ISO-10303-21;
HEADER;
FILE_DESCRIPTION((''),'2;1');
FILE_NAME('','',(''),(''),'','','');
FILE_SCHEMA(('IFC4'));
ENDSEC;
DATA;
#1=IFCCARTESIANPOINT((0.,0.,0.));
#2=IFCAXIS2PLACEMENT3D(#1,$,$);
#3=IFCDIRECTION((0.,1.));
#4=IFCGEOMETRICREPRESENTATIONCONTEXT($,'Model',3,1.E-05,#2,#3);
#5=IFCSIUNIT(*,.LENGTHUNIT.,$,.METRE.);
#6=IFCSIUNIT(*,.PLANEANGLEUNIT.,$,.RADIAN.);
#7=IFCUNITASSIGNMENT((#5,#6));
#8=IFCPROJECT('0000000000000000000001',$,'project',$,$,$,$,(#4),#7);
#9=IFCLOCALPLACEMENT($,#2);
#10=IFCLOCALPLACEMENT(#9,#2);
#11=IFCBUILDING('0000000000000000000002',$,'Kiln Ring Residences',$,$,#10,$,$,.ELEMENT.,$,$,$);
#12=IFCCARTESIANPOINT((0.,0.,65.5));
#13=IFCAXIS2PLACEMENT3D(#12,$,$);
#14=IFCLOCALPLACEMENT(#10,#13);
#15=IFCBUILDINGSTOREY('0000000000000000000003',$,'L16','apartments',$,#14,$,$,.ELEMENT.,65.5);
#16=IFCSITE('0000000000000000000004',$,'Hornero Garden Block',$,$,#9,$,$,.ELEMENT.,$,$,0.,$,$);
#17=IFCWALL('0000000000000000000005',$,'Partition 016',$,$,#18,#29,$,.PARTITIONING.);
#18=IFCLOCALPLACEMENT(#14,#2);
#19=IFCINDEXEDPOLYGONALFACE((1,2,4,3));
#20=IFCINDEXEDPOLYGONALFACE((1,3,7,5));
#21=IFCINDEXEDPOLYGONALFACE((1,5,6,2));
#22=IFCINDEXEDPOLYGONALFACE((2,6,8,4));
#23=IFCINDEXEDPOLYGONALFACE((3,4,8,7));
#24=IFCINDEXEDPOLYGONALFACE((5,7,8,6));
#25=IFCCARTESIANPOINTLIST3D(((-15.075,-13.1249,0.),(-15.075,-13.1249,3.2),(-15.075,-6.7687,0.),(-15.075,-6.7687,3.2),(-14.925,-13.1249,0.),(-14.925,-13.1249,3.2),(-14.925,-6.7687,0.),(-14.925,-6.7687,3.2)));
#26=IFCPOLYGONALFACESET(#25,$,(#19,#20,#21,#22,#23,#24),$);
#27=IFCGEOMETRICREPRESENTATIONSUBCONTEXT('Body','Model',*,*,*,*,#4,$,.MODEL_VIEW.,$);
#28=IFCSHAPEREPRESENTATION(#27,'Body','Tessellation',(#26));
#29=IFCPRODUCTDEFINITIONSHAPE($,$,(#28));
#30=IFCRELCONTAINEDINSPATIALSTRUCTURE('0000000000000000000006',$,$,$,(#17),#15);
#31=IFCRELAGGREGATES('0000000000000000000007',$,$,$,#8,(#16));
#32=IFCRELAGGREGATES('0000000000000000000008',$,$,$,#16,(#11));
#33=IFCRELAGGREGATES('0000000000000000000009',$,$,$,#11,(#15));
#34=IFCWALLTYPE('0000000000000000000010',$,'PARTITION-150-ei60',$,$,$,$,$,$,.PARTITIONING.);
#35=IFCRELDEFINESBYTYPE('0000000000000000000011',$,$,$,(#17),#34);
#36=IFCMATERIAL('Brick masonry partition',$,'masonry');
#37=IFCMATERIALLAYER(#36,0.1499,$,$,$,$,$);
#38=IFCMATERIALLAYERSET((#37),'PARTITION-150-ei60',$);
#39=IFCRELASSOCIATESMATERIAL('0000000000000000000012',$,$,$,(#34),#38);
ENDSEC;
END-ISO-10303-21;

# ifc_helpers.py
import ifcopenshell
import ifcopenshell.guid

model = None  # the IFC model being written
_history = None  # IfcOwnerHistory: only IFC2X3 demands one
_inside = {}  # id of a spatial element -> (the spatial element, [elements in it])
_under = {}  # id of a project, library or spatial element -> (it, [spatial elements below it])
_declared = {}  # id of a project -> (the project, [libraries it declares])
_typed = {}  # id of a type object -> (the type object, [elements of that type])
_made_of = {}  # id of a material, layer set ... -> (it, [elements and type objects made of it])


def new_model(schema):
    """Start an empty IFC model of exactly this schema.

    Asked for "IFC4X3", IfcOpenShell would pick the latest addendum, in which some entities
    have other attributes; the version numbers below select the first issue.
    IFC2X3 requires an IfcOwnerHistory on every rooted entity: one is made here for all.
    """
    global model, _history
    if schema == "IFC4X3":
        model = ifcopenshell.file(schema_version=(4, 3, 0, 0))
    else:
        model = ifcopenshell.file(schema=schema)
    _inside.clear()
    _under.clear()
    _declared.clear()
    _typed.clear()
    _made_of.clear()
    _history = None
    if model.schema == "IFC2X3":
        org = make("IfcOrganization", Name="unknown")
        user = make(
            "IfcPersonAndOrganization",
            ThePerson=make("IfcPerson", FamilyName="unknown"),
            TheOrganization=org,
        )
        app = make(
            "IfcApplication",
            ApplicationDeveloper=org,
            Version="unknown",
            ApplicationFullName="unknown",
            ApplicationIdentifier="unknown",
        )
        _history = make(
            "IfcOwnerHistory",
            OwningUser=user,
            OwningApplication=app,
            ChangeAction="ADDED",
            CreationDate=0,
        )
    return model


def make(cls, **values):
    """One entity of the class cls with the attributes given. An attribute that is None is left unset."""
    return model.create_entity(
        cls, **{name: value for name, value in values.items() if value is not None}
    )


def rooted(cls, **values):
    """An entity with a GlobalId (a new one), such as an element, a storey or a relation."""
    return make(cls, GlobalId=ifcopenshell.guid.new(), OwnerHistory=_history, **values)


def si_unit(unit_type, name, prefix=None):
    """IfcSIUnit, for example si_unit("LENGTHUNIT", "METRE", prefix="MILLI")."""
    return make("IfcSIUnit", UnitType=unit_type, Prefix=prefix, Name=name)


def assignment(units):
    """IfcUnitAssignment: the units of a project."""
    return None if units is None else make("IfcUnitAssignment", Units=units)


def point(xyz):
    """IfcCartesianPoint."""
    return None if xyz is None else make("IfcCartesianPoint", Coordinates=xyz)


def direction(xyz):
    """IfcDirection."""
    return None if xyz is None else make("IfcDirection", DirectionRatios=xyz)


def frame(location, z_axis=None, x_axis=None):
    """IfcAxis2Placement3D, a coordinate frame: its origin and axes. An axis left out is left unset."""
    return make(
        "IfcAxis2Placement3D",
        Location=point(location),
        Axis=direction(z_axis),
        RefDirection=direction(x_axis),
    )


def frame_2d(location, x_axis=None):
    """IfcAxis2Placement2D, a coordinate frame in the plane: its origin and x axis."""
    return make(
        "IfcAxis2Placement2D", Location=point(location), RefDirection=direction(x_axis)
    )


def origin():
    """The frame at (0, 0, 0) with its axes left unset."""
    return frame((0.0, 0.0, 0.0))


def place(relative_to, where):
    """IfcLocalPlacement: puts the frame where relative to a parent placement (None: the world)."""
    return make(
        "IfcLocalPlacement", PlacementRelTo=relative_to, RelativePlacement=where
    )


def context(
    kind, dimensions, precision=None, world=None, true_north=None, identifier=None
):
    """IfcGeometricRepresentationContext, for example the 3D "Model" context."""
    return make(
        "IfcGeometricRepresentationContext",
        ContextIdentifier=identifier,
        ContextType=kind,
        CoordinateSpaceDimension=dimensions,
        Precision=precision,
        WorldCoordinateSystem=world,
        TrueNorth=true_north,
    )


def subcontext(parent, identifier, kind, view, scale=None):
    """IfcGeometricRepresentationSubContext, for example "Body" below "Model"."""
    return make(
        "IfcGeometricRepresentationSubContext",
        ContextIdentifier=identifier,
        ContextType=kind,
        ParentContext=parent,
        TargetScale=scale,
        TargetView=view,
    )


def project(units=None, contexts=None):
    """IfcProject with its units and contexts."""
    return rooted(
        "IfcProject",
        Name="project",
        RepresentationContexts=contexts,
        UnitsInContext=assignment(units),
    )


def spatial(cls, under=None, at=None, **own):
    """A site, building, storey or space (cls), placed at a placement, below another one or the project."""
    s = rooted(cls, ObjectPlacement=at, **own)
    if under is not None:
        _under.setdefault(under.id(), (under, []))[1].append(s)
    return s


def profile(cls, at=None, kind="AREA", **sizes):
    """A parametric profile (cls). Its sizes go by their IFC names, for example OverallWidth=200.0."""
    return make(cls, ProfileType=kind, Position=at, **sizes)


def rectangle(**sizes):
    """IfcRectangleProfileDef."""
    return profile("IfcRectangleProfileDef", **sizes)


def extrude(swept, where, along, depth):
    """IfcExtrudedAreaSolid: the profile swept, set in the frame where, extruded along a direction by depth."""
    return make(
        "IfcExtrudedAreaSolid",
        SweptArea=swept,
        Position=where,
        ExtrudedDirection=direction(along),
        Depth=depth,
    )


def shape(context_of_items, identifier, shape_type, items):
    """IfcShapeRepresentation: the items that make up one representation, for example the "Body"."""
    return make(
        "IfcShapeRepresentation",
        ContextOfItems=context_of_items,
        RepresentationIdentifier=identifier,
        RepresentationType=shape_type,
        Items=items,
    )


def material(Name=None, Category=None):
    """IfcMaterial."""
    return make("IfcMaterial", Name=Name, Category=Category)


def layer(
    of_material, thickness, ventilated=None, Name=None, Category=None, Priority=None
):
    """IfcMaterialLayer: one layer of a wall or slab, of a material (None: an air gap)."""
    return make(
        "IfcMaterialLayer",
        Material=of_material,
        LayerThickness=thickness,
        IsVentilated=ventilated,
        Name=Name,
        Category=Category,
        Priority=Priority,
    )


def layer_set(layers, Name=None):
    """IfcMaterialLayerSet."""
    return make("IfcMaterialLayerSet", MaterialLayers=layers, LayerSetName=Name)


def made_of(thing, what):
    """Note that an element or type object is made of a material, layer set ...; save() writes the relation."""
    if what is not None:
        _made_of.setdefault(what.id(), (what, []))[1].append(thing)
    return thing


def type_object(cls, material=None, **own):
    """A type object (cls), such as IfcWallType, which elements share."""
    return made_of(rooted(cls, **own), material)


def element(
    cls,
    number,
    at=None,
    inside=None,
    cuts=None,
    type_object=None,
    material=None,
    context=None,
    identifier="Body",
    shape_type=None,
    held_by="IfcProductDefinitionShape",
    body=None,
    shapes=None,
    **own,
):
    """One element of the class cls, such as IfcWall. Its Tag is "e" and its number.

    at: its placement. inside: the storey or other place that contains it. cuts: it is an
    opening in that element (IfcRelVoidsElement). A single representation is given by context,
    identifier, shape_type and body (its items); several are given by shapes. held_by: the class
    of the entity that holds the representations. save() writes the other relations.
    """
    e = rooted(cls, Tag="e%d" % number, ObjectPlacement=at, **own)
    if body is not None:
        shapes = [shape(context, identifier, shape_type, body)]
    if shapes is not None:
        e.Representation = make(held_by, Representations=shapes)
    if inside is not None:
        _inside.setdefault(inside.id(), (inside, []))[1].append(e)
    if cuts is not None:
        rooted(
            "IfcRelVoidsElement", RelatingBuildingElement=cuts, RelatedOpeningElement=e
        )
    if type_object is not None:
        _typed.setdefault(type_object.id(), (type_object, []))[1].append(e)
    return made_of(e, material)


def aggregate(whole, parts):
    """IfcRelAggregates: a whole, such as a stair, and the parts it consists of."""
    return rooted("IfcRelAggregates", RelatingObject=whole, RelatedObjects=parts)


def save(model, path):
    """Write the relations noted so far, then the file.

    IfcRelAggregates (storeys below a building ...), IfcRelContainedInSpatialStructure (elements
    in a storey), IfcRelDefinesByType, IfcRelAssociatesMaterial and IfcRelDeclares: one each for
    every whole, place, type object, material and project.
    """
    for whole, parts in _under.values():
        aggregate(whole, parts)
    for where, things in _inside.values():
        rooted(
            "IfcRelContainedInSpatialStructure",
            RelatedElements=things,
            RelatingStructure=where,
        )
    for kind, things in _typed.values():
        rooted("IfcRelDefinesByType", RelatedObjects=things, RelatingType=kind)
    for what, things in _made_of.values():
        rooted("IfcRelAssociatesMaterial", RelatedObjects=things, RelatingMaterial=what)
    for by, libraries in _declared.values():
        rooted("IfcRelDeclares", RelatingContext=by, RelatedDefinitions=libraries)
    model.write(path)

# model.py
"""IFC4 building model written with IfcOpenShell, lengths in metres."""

from ifc_helpers import new_model, si_unit, direction, frame, frame_2d, origin, place, context, subcontext, project, spatial, rectangle, extrude, material, layer, layer_set, type_object, element, save


model = new_model("IFC4")

# Units and contexts
model_context = context("Model", 3, precision=1e-05, world=origin(), true_north=direction((0.0, 1.0)))
body_context = subcontext(model_context, "Body", "Model", "MODEL_VIEW")
ifc_project = project(units=[si_unit("LENGTHUNIT", "METRE"), si_unit("PLANEANGLEUNIT", "RADIAN")], contexts=[model_context])

# Site, building, storey
site_placement = place(None, origin())
site = spatial("IfcSite", under=ifc_project, at=site_placement, Name="Hornero Garden Block", CompositionType="ELEMENT", RefElevation=0.0)
building_placement = place(site_placement, origin())
building = spatial("IfcBuilding", under=site, at=building_placement, Name="Kiln Ring Residences", CompositionType="ELEMENT")
storey_placement = place(building_placement, frame((0.0, 0.0, 65.5)))
storey = spatial("IfcBuildingStorey", under=building, at=storey_placement, Name="L16", Description="apartments", CompositionType="ELEMENT", Elevation=65.5)

# Shared definitions
ifc_material_1 = material(Name="Brick masonry partition", Category="masonry")
ifc_layer_1 = layer(ifc_material_1, 0.1499)
ifc_layer_set_1 = layer_set([ifc_layer_1], Name="PARTITION-150-ei60")
wall_type_1 = type_object("IfcWallType", Name="PARTITION-150-ei60", PredefinedType="PARTITIONING", material=ifc_layer_set_1)

# Wall
wall_1_placement = place(storey_placement, frame((-15.0, -13.125, 0.0), z_axis=(0.0, 0.0, 1.0), x_axis=(0.0, 1.0, 0.0)))
element("IfcWall", 1, at=wall_1_placement, inside=storey, type_object=wall_type_1, Name="Partition 016", PredefinedType="PARTITIONING", context=body_context, shape_type="SweptSolid", body=[
    extrude(rectangle(XDim=6.3562, YDim=0.1499, at=frame_2d((3.1782, 0.0))), origin(), (0.0, 0.0, 1.0), 3.2),
])

save(model, "model.ifc")
